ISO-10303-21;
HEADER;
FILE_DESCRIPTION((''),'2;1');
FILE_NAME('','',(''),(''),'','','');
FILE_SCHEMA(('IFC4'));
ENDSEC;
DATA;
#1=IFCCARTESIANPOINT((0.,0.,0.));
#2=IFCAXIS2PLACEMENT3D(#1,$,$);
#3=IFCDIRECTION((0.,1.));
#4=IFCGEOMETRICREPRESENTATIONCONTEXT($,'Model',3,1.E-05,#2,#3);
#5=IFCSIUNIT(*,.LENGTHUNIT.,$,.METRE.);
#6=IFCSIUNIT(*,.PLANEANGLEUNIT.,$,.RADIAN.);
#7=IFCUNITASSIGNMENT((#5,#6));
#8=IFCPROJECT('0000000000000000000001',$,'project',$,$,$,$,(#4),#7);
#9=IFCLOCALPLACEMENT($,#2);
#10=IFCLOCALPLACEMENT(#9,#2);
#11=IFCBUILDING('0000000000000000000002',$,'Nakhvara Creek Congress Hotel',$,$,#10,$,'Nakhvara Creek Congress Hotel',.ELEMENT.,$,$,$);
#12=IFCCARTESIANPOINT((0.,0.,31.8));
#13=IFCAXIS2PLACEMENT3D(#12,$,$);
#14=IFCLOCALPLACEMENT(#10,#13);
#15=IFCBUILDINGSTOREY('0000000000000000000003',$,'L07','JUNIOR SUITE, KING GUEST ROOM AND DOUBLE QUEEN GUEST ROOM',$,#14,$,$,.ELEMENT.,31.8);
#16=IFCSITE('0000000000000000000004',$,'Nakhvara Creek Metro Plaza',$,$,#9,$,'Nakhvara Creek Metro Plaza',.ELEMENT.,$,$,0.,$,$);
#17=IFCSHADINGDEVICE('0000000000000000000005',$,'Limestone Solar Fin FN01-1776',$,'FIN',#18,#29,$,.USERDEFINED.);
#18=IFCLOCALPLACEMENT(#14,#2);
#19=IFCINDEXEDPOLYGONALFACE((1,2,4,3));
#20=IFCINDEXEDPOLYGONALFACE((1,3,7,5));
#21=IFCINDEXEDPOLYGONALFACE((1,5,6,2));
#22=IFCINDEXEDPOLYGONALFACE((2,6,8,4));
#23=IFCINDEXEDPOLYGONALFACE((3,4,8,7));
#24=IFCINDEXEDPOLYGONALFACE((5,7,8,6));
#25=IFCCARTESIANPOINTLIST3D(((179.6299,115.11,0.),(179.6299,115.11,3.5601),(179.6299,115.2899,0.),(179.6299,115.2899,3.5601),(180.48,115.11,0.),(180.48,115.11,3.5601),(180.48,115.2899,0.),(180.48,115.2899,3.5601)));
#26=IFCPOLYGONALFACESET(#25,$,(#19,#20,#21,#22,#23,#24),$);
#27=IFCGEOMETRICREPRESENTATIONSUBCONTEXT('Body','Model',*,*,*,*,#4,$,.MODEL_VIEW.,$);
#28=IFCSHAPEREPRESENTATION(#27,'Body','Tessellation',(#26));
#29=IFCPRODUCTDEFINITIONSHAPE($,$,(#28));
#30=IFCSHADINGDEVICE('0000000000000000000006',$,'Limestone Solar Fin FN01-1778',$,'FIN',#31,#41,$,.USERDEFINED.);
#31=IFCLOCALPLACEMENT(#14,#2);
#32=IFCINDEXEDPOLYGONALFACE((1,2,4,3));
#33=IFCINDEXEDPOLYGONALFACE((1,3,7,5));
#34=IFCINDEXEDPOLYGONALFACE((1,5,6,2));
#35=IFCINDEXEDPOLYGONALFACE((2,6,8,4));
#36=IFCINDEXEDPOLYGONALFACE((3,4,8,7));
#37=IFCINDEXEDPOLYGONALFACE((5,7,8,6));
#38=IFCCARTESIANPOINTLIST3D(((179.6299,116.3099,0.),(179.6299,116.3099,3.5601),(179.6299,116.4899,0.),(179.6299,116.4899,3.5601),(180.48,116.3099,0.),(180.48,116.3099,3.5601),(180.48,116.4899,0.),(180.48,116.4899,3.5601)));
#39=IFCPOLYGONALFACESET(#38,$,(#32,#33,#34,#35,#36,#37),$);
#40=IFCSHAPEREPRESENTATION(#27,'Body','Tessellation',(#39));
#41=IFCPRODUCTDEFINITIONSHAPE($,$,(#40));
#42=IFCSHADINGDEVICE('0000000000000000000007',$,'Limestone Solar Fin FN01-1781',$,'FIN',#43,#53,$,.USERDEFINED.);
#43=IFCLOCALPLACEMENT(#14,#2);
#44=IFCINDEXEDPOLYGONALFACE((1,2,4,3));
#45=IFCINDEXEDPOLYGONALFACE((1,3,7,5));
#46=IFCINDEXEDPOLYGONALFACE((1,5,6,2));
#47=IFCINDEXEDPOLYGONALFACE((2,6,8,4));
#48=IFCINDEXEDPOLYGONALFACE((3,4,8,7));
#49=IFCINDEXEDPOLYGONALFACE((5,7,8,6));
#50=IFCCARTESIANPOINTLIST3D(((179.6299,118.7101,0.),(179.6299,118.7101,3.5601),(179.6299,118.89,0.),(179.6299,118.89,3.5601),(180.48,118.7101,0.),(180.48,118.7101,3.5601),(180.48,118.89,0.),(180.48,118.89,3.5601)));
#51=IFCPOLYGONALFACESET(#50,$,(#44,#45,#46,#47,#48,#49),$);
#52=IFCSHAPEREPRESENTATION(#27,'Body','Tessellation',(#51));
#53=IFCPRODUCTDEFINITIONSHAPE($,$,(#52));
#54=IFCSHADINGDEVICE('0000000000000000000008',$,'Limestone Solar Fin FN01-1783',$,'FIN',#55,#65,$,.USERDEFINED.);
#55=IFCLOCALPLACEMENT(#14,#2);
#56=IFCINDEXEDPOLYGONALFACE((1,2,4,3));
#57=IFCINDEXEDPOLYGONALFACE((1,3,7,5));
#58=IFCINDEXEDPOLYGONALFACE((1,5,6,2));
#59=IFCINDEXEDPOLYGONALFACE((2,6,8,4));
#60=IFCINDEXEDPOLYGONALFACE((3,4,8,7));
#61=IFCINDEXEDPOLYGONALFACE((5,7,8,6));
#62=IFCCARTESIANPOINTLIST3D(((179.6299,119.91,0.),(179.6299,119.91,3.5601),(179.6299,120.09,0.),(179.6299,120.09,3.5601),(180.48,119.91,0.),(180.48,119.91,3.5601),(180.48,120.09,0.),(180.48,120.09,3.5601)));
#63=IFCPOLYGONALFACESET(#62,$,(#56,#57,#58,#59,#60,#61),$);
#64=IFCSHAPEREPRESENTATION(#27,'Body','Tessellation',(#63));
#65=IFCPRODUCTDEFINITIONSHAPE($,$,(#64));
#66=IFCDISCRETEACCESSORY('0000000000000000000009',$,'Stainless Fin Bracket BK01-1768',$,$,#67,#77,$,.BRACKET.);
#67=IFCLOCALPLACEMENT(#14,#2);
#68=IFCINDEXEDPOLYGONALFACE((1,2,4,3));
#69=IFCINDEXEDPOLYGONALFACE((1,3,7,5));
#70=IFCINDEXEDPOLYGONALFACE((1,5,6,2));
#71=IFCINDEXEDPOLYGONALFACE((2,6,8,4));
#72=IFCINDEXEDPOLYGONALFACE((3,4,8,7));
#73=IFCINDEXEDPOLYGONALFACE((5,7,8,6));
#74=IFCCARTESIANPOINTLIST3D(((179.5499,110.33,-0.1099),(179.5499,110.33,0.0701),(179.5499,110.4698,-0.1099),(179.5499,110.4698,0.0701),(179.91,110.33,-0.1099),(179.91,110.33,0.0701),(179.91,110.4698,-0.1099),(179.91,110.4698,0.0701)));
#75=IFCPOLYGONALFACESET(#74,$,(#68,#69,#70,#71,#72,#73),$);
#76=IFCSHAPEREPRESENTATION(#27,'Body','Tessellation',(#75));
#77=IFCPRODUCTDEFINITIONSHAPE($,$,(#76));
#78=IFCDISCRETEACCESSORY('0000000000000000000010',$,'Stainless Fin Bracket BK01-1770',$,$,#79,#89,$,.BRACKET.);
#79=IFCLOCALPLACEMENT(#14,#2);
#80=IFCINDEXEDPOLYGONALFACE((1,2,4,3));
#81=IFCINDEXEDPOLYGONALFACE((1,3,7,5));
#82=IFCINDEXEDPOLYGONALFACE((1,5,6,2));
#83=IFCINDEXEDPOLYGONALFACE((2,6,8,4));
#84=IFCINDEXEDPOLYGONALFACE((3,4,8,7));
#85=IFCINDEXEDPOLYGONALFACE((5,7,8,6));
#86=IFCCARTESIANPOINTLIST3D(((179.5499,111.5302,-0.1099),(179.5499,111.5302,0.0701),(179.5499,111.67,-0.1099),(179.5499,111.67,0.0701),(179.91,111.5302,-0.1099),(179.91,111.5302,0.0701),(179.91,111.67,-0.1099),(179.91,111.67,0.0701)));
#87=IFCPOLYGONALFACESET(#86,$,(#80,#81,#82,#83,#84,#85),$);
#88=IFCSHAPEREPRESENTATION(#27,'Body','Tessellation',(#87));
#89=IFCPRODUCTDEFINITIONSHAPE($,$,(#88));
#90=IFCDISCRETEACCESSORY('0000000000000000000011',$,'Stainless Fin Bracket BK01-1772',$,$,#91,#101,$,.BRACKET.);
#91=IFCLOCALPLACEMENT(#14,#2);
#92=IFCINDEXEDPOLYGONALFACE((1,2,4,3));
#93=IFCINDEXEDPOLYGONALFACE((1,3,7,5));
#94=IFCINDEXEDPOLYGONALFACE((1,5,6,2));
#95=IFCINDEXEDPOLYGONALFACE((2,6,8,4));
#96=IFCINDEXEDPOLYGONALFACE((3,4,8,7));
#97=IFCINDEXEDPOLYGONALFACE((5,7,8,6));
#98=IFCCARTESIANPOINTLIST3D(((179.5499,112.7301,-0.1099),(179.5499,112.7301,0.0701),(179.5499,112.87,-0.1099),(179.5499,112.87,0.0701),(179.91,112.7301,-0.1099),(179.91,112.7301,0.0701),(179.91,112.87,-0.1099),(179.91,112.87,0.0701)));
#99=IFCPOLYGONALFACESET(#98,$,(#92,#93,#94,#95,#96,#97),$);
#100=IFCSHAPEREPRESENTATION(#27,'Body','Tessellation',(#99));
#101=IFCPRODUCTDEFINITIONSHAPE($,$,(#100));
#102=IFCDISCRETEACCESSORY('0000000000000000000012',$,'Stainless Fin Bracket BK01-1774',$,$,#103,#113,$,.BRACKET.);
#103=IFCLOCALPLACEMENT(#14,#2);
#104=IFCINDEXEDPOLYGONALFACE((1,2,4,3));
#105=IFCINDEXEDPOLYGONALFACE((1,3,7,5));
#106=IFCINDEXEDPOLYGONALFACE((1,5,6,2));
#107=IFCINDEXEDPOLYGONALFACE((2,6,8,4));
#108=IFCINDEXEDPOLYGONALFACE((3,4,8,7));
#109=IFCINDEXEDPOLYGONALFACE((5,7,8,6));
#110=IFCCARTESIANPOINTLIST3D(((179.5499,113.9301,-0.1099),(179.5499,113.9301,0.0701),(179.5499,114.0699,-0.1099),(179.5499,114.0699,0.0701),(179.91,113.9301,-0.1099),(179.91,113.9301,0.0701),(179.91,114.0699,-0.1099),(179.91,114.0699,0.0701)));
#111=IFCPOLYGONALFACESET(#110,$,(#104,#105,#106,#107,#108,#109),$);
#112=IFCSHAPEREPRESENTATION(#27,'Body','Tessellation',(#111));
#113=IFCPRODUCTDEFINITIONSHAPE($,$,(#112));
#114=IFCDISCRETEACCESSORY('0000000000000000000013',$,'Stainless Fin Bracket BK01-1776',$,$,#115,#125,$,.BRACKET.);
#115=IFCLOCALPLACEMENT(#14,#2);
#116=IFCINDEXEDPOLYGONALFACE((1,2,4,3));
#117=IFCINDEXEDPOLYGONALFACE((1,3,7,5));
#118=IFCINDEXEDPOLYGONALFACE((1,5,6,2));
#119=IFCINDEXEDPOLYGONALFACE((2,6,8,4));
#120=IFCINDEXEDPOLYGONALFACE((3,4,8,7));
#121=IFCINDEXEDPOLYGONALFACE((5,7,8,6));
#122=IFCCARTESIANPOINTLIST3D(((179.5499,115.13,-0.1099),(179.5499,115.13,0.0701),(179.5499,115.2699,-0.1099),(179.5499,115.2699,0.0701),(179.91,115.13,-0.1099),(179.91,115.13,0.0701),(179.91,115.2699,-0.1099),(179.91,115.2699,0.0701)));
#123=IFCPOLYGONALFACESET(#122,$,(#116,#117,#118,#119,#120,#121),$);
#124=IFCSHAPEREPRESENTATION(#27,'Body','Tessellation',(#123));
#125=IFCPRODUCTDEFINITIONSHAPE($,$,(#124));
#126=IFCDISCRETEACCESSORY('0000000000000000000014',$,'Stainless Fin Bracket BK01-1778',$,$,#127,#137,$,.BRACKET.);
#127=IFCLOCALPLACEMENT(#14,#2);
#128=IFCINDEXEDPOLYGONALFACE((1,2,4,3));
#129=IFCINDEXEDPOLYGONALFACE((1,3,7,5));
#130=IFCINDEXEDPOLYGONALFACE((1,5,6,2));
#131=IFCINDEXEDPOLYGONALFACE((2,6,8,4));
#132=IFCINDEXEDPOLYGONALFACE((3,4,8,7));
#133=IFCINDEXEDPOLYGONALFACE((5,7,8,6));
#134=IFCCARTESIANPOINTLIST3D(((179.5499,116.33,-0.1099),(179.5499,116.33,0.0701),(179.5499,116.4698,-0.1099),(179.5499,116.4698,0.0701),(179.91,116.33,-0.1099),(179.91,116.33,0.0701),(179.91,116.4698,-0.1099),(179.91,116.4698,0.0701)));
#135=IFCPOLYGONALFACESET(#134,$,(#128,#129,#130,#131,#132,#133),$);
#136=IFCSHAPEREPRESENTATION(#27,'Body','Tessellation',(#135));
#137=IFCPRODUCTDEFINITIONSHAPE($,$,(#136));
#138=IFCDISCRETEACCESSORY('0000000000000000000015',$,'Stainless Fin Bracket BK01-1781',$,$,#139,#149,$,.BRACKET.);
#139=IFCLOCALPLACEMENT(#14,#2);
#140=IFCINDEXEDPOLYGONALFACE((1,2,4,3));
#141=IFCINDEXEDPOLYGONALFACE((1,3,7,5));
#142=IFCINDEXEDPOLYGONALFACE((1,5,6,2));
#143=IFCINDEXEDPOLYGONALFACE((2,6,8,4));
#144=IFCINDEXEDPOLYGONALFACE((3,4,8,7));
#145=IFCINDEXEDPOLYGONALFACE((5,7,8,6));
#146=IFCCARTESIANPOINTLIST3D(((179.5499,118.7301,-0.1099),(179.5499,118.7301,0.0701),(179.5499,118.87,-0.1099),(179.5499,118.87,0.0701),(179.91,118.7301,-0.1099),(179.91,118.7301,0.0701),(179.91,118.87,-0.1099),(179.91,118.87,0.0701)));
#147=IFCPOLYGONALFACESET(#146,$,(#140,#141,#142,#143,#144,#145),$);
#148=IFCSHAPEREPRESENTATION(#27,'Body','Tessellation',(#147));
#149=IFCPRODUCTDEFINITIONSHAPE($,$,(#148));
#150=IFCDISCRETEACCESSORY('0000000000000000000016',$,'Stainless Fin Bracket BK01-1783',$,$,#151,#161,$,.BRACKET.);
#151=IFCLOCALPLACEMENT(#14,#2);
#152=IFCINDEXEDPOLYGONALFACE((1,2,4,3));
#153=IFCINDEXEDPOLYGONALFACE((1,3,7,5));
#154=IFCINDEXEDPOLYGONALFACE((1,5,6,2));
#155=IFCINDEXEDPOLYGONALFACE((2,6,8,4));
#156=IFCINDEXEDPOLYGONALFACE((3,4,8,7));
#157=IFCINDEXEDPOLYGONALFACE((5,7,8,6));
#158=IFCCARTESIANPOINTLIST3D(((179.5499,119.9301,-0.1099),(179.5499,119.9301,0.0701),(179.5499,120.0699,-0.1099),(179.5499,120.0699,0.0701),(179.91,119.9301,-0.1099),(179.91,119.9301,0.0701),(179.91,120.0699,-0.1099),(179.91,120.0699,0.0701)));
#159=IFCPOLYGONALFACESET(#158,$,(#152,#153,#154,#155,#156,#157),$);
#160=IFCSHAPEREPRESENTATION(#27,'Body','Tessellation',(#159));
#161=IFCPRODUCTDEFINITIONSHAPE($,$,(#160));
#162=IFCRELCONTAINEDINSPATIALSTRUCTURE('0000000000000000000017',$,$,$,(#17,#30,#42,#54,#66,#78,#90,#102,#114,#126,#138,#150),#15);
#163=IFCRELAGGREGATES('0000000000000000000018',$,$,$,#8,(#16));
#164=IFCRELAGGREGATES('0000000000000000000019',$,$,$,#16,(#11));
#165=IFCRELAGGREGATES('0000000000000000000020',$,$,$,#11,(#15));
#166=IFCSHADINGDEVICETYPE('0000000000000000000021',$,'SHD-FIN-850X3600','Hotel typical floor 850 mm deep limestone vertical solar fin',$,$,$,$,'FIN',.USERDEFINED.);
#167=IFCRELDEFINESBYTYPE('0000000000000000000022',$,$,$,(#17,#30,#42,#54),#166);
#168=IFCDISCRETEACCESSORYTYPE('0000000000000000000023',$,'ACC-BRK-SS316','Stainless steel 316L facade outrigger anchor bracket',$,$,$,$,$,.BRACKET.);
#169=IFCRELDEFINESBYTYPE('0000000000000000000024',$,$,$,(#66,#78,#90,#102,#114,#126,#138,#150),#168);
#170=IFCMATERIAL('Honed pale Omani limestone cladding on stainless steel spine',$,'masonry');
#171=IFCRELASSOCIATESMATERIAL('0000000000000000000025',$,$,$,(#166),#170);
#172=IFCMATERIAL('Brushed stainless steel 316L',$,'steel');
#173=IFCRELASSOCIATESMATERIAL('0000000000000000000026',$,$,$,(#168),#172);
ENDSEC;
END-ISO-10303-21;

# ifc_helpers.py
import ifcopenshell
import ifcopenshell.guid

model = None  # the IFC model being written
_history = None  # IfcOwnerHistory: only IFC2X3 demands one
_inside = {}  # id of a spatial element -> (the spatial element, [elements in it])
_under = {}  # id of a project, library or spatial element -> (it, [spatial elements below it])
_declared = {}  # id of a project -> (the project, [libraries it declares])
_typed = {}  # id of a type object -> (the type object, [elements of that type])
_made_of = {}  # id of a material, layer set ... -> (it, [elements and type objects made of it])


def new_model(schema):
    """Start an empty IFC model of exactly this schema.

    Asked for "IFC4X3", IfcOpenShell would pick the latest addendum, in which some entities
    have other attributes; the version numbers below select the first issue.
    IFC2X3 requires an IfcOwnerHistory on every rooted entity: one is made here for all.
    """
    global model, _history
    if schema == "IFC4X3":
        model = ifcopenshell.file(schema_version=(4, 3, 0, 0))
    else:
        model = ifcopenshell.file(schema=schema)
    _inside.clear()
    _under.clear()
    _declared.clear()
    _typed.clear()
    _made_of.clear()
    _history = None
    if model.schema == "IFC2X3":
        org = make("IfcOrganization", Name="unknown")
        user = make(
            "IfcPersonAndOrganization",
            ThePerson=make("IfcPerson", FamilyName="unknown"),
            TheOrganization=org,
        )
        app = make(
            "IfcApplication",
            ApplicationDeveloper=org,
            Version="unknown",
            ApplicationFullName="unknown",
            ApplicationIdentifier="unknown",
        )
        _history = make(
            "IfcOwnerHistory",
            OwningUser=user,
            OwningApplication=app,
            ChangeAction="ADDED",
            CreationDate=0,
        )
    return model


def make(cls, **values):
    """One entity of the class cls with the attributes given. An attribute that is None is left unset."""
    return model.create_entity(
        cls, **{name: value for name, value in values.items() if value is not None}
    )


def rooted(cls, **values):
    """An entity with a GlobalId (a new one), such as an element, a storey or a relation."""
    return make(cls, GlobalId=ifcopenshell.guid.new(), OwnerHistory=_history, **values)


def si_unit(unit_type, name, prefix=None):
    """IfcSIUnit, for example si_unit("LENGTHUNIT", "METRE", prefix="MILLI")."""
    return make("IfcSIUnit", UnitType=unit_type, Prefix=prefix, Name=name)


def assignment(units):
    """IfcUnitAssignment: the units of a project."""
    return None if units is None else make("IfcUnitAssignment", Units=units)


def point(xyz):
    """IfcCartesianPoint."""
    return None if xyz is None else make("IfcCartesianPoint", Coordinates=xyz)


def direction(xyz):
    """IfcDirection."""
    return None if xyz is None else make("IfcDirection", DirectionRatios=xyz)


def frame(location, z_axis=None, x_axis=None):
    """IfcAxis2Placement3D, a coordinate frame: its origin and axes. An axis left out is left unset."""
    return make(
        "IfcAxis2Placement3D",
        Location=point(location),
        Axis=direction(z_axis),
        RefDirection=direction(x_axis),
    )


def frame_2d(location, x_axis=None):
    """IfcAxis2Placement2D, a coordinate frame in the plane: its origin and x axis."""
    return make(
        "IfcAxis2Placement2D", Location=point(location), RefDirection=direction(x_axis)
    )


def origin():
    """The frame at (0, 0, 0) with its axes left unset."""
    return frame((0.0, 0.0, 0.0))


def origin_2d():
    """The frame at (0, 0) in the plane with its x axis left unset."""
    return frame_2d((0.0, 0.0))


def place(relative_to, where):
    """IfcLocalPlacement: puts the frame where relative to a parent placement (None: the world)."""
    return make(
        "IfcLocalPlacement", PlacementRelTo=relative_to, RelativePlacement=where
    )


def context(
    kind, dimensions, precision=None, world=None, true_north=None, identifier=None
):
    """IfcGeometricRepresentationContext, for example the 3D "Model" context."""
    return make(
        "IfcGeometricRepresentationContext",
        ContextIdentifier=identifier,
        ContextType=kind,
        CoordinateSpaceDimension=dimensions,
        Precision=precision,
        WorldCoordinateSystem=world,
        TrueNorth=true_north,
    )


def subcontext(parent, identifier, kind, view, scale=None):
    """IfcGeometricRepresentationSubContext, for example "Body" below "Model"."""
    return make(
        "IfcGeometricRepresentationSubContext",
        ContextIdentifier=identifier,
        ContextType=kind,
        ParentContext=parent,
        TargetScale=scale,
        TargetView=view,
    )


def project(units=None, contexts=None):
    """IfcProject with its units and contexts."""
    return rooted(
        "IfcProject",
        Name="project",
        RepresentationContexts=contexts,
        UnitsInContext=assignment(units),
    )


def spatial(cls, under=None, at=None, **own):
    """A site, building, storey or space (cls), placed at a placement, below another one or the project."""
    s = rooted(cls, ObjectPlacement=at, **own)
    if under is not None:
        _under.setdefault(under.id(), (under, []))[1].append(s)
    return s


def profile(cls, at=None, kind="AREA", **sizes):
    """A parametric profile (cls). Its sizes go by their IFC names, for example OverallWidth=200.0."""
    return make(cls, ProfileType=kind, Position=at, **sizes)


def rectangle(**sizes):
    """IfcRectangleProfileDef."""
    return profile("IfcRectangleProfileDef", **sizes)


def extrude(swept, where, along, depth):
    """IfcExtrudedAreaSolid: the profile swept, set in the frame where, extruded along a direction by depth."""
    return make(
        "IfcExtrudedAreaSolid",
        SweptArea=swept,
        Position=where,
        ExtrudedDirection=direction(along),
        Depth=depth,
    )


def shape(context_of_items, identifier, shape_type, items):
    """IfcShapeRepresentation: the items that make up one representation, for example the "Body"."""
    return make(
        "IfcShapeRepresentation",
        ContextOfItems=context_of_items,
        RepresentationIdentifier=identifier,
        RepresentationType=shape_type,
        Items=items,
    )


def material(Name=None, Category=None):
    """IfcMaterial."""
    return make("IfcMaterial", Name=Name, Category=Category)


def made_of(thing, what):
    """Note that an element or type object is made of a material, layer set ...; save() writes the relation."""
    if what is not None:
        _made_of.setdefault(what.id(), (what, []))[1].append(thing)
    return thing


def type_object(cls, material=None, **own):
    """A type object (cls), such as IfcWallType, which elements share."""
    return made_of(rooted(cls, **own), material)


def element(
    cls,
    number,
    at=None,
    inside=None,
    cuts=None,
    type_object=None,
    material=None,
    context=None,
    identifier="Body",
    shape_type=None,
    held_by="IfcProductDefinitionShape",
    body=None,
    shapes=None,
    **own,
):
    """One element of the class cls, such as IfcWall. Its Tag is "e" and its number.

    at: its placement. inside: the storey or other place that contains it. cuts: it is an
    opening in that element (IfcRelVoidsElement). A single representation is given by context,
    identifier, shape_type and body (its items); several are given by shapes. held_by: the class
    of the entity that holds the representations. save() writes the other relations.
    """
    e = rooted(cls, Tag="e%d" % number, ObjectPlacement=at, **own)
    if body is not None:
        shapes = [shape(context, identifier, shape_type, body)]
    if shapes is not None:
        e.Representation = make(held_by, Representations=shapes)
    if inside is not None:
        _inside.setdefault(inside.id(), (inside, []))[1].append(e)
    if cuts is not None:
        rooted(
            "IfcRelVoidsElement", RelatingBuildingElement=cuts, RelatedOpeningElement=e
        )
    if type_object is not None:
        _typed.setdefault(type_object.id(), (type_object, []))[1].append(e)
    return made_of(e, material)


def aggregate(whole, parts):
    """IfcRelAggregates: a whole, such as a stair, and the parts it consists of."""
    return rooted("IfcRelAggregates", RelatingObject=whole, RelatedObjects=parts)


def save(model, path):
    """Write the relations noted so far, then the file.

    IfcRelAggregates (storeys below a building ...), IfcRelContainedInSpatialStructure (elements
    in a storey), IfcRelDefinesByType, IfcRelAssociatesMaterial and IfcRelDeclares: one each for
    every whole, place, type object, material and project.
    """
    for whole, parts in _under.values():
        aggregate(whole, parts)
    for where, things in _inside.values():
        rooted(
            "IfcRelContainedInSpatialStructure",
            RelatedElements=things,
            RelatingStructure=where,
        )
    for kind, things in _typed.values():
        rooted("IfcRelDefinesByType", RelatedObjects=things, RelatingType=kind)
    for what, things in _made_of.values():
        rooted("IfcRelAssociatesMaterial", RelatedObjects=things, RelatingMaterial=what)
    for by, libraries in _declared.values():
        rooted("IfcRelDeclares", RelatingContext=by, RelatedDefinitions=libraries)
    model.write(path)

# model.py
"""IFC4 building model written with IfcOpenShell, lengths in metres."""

from ifc_helpers import new_model, si_unit, direction, frame, origin, origin_2d, place, context, subcontext, project, spatial, rectangle, extrude, material, type_object, element, save


model = new_model("IFC4")

# Units and contexts
model_context = context("Model", 3, precision=1e-05, world=origin(), true_north=direction((0.0, 1.0)))
body_context = subcontext(model_context, "Body", "Model", "MODEL_VIEW")
ifc_project = project(units=[si_unit("LENGTHUNIT", "METRE"), si_unit("PLANEANGLEUNIT", "RADIAN")], contexts=[model_context])

# Site, building, storey
site_placement = place(None, origin())
site = spatial("IfcSite", under=ifc_project, at=site_placement, Name="Nakhvara Creek Metro Plaza", LongName="Nakhvara Creek Metro Plaza", CompositionType="ELEMENT", RefElevation=0.0)
building_placement = place(site_placement, origin())
building = spatial("IfcBuilding", under=site, at=building_placement, Name="Nakhvara Creek Congress Hotel", LongName="Nakhvara Creek Congress Hotel", CompositionType="ELEMENT")
storey_placement = place(building_placement, frame((0.0, 0.0, 31.8)))
storey = spatial("IfcBuildingStorey", under=building, at=storey_placement, Name="L07", Description="JUNIOR SUITE, KING GUEST ROOM AND DOUBLE QUEEN GUEST ROOM", CompositionType="ELEMENT", Elevation=31.8)

# Shading devices
ifc_material_1 = material(Name="Honed pale Omani limestone cladding on stainless steel spine", Category="masonry")
shading_device_type = type_object("IfcShadingDeviceType", Name="SHD-FIN-850X3600", Description="Hotel typical floor 850 mm deep limestone vertical solar fin", ElementType="FIN", PredefinedType="USERDEFINED", material=ifc_material_1)
for number, where, z_axis, x_axis, name in (
    (1, (180.0549, 115.2, 0.0), (0.0, 0.0, 1.0), (0.0, 1.0, 0.0), "Limestone Solar Fin FN01-1776"),
    (2, (180.0549, 116.3999, 0.0), (0.0, 0.0, 1.0), (0.0, 1.0, 0.0), "Limestone Solar Fin FN01-1778"),
    (3, (180.0549, 118.8, 0.0), (0.0, 0.0, 1.0), (0.0, 1.0, 0.0), "Limestone Solar Fin FN01-1781"),
    (4, (180.0549, 120.0, 0.0), (0.0, 0.0, 1.0), (0.0, 1.0, 0.0), "Limestone Solar Fin FN01-1783"),
):
    element("IfcShadingDevice", number, at=place(storey_placement, frame(where, z_axis=z_axis, x_axis=x_axis)), inside=storey, type_object=shading_device_type, Name=name, ObjectType="FIN", PredefinedType="USERDEFINED", context=body_context, shape_type="SweptSolid", body=[
        extrude(rectangle(XDim=0.1799, YDim=0.8501, at=origin_2d()), origin(), (0.0, 0.0, 1.0), 3.5601),
    ])

# Discrete accessories
ifc_material_2 = material(Name="Brushed stainless steel 316L", Category="steel")
discrete_accessory_type = type_object("IfcDiscreteAccessoryType", Name="ACC-BRK-SS316", Description="Stainless steel 316L facade outrigger anchor bracket", PredefinedType="BRACKET", material=ifc_material_2)
for number, where, z_axis, x_axis, name in (
    (5, (179.73, 110.3999, -0.1099), (0.0, 0.0, 1.0), (0.0, 1.0, 0.0), "Stainless Fin Bracket BK01-1768"),
    (6, (179.73, 111.6001, -0.1099), (0.0, 0.0, 1.0), (0.0, 1.0, 0.0), "Stainless Fin Bracket BK01-1770"),
    (7, (179.73, 112.8, -0.1099), (0.0, 0.0, 1.0), (0.0, 1.0, 0.0), "Stainless Fin Bracket BK01-1772"),
    (8, (179.73, 114.0, -0.1099), (0.0, 0.0, 1.0), (0.0, 1.0, 0.0), "Stainless Fin Bracket BK01-1774"),
    (9, (179.73, 115.2, -0.1099), (0.0, 0.0, 1.0), (0.0, 1.0, 0.0), "Stainless Fin Bracket BK01-1776"),
    (10, (179.73, 116.3999, -0.1099), (0.0, 0.0, 1.0), (0.0, 1.0, 0.0), "Stainless Fin Bracket BK01-1778"),
    (11, (179.73, 118.8, -0.1099), (0.0, 0.0, 1.0), (0.0, 1.0, 0.0), "Stainless Fin Bracket BK01-1781"),
    (12, (179.73, 120.0, -0.1099), (0.0, 0.0, 1.0), (0.0, 1.0, 0.0), "Stainless Fin Bracket BK01-1783"),
):
    element("IfcDiscreteAccessory", number, at=place(storey_placement, frame(where, z_axis=z_axis, x_axis=x_axis)), inside=storey, type_object=discrete_accessory_type, Name=name, PredefinedType="BRACKET", context=body_context, shape_type="SweptSolid", body=[
        extrude(rectangle(XDim=0.1399, YDim=0.3601, at=origin_2d()), origin(), (0.0, 0.0, 1.0), 0.1799),
    ])

save(model, "model.ifc")
